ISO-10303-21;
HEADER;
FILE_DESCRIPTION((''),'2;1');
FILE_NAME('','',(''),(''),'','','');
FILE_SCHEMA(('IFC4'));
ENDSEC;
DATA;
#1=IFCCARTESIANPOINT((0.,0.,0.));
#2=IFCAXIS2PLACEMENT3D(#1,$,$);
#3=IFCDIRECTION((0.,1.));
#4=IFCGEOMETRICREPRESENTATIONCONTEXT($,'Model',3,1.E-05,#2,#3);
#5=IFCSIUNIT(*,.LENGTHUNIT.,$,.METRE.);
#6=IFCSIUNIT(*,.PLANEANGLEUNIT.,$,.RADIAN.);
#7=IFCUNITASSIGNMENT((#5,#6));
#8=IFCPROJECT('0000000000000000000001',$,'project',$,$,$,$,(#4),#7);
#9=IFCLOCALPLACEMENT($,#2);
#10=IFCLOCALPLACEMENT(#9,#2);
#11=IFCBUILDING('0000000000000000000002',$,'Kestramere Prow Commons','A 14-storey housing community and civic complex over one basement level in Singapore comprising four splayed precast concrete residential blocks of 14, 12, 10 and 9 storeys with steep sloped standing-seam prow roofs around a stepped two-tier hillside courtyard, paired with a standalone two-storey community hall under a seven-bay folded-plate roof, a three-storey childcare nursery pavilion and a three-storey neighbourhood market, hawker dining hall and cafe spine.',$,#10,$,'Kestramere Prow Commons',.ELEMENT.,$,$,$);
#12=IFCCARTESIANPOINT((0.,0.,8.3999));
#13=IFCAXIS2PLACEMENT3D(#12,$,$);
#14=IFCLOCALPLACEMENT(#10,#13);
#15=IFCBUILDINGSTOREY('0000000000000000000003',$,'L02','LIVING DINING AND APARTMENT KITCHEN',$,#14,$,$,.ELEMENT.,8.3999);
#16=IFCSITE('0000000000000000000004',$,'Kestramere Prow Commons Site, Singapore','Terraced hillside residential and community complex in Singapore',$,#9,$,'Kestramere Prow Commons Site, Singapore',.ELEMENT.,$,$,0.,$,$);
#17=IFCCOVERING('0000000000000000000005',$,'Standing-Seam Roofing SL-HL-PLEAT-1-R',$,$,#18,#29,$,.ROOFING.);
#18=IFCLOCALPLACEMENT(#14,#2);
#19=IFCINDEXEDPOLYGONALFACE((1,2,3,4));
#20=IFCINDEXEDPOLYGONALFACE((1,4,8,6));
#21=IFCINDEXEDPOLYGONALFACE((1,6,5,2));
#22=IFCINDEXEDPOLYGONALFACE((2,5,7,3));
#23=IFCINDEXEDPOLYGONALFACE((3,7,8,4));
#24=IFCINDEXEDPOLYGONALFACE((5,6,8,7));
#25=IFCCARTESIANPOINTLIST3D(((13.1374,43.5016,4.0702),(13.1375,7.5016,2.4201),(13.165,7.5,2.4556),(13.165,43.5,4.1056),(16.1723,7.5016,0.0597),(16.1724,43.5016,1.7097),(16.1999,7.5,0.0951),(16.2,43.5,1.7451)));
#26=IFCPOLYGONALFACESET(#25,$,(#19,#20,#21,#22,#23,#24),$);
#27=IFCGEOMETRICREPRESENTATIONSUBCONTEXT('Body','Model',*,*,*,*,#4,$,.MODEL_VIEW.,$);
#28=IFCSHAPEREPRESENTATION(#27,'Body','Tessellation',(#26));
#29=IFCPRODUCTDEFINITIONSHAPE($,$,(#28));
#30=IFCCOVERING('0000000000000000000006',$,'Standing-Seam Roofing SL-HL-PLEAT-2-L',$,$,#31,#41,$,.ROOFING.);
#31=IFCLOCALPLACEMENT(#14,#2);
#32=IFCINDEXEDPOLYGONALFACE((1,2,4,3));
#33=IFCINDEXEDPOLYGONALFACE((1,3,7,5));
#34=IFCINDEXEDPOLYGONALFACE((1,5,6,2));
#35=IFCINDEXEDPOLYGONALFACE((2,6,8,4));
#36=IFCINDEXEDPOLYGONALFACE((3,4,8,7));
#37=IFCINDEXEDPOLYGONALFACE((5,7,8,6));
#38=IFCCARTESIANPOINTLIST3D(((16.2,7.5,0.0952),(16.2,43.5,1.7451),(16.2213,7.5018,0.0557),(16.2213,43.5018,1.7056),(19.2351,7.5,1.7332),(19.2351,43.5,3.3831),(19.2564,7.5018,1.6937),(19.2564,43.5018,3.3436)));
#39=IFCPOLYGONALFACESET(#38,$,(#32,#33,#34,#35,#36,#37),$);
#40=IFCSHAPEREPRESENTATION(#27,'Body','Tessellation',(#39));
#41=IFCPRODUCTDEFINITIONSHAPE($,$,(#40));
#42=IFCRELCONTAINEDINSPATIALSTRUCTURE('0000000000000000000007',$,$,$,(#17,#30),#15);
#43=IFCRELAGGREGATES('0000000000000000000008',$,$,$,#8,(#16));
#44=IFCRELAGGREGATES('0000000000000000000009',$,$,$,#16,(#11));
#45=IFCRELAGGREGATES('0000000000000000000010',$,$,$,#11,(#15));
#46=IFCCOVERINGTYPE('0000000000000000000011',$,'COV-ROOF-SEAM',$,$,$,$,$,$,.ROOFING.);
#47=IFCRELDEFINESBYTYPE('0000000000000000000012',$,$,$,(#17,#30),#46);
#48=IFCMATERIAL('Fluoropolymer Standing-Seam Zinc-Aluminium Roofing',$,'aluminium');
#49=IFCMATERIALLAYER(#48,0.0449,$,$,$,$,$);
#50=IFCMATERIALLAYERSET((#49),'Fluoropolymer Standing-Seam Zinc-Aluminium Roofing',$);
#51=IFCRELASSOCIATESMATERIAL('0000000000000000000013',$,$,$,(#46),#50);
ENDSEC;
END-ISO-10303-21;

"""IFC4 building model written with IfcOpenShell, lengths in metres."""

from ifc_helpers import new_model, si_unit, direction, frame, origin, place, context, subcontext, project, spatial, polyline, outline, extrude, material, layer, layer_set, type_object, element, save


model = new_model("IFC4")

# Units and contexts
model_context = context("Model", 3, precision=1e-05, world=origin(), true_north=direction((0.0, 1.0)))
body_context = subcontext(model_context, "Body", "Model", "MODEL_VIEW")
ifc_project = project(units=[si_unit("LENGTHUNIT", "METRE"), si_unit("PLANEANGLEUNIT", "RADIAN")], contexts=[model_context])

# Site, building, storey
site_placement = place(None, origin())
site = spatial("IfcSite", under=ifc_project, at=site_placement, Name="Kestramere Prow Commons Site, Singapore", Description="Terraced hillside residential and community complex in Singapore", LongName="Kestramere Prow Commons Site, Singapore", CompositionType="ELEMENT", RefElevation=0.0)
building_placement = place(site_placement, origin())
building = spatial("IfcBuilding", under=site, at=building_placement, Name="Kestramere Prow Commons", Description="A 14-storey housing community and civic complex over one basement level in Singapore comprising four splayed precast concrete residential blocks of 14, 12, 10 and 9 storeys with steep sloped standing-seam prow roofs around a stepped two-tier hillside courtyard, paired with a standalone two-storey community hall under a seven-bay folded-plate roof, a three-storey childcare nursery pavilion and a three-storey neighbourhood market, hawker dining hall and cafe spine.", LongName="Kestramere Prow Commons", CompositionType="ELEMENT")
storey_placement = place(building_placement, frame((0.0, 0.0, 8.3999)))
storey = spatial("IfcBuildingStorey", under=building, at=storey_placement, Name="L02", Description="LIVING DINING AND APARTMENT KITCHEN", CompositionType="ELEMENT", Elevation=8.3999)

# Coverings
ifc_material_1 = material(Name="Fluoropolymer Standing-Seam Zinc-Aluminium Roofing", Category="aluminium")
ifc_layer_1 = layer(ifc_material_1, 0.0449)
ifc_layer_set_1 = layer_set([ifc_layer_1], Name="Fluoropolymer Standing-Seam Zinc-Aluminium Roofing")
covering_type_1 = type_object("IfcCoveringType", Name="COV-ROOF-SEAM", PredefinedType="ROOFING", material=ifc_layer_set_1)
covering_1_placement = place(storey_placement, frame((13.165, 7.5, 2.4556), z_axis=(0.613537, -0.036156, 0.788838), x_axis=(0.789354, 0.000001, -0.613938)))
element("IfcCovering", 1, at=covering_1_placement, inside=storey, type_object=covering_type_1, Name="Standing-Seam Roofing SL-HL-PLEAT-1-R", PredefinedType="ROOFING", context=body_context, shape_type="SweptSolid", body=[
    extrude(outline(polyline([(0.0, 0.0), (3.8447, 0.0), (2.8318, 36.0236), (-1.0131, 36.0236), (0.0, 0.0)])), origin(), (0.0, 0.0, -1.0), 0.0449),
])
covering_2_placement = place(storey_placement, frame((16.2, 7.5, 0.0952), z_axis=(-0.474529, -0.0403, 0.879317), x_axis=(0.880032, 0.0, 0.474914)))
element("IfcCovering", 2, at=covering_2_placement, inside=storey, type_object=covering_type_1, Name="Standing-Seam Roofing SL-HL-PLEAT-2-L", PredefinedType="ROOFING", context=body_context, shape_type="SweptSolid", body=[
    extrude(outline(polyline([(0.0, 0.0), (3.4489, 0.0), (4.2325, 36.0293), (0.7836, 36.0293), (0.0, 0.0)])), origin(), (0.0, 0.0, -1.0), 0.0449),
])

save(model, "model.ifc")
